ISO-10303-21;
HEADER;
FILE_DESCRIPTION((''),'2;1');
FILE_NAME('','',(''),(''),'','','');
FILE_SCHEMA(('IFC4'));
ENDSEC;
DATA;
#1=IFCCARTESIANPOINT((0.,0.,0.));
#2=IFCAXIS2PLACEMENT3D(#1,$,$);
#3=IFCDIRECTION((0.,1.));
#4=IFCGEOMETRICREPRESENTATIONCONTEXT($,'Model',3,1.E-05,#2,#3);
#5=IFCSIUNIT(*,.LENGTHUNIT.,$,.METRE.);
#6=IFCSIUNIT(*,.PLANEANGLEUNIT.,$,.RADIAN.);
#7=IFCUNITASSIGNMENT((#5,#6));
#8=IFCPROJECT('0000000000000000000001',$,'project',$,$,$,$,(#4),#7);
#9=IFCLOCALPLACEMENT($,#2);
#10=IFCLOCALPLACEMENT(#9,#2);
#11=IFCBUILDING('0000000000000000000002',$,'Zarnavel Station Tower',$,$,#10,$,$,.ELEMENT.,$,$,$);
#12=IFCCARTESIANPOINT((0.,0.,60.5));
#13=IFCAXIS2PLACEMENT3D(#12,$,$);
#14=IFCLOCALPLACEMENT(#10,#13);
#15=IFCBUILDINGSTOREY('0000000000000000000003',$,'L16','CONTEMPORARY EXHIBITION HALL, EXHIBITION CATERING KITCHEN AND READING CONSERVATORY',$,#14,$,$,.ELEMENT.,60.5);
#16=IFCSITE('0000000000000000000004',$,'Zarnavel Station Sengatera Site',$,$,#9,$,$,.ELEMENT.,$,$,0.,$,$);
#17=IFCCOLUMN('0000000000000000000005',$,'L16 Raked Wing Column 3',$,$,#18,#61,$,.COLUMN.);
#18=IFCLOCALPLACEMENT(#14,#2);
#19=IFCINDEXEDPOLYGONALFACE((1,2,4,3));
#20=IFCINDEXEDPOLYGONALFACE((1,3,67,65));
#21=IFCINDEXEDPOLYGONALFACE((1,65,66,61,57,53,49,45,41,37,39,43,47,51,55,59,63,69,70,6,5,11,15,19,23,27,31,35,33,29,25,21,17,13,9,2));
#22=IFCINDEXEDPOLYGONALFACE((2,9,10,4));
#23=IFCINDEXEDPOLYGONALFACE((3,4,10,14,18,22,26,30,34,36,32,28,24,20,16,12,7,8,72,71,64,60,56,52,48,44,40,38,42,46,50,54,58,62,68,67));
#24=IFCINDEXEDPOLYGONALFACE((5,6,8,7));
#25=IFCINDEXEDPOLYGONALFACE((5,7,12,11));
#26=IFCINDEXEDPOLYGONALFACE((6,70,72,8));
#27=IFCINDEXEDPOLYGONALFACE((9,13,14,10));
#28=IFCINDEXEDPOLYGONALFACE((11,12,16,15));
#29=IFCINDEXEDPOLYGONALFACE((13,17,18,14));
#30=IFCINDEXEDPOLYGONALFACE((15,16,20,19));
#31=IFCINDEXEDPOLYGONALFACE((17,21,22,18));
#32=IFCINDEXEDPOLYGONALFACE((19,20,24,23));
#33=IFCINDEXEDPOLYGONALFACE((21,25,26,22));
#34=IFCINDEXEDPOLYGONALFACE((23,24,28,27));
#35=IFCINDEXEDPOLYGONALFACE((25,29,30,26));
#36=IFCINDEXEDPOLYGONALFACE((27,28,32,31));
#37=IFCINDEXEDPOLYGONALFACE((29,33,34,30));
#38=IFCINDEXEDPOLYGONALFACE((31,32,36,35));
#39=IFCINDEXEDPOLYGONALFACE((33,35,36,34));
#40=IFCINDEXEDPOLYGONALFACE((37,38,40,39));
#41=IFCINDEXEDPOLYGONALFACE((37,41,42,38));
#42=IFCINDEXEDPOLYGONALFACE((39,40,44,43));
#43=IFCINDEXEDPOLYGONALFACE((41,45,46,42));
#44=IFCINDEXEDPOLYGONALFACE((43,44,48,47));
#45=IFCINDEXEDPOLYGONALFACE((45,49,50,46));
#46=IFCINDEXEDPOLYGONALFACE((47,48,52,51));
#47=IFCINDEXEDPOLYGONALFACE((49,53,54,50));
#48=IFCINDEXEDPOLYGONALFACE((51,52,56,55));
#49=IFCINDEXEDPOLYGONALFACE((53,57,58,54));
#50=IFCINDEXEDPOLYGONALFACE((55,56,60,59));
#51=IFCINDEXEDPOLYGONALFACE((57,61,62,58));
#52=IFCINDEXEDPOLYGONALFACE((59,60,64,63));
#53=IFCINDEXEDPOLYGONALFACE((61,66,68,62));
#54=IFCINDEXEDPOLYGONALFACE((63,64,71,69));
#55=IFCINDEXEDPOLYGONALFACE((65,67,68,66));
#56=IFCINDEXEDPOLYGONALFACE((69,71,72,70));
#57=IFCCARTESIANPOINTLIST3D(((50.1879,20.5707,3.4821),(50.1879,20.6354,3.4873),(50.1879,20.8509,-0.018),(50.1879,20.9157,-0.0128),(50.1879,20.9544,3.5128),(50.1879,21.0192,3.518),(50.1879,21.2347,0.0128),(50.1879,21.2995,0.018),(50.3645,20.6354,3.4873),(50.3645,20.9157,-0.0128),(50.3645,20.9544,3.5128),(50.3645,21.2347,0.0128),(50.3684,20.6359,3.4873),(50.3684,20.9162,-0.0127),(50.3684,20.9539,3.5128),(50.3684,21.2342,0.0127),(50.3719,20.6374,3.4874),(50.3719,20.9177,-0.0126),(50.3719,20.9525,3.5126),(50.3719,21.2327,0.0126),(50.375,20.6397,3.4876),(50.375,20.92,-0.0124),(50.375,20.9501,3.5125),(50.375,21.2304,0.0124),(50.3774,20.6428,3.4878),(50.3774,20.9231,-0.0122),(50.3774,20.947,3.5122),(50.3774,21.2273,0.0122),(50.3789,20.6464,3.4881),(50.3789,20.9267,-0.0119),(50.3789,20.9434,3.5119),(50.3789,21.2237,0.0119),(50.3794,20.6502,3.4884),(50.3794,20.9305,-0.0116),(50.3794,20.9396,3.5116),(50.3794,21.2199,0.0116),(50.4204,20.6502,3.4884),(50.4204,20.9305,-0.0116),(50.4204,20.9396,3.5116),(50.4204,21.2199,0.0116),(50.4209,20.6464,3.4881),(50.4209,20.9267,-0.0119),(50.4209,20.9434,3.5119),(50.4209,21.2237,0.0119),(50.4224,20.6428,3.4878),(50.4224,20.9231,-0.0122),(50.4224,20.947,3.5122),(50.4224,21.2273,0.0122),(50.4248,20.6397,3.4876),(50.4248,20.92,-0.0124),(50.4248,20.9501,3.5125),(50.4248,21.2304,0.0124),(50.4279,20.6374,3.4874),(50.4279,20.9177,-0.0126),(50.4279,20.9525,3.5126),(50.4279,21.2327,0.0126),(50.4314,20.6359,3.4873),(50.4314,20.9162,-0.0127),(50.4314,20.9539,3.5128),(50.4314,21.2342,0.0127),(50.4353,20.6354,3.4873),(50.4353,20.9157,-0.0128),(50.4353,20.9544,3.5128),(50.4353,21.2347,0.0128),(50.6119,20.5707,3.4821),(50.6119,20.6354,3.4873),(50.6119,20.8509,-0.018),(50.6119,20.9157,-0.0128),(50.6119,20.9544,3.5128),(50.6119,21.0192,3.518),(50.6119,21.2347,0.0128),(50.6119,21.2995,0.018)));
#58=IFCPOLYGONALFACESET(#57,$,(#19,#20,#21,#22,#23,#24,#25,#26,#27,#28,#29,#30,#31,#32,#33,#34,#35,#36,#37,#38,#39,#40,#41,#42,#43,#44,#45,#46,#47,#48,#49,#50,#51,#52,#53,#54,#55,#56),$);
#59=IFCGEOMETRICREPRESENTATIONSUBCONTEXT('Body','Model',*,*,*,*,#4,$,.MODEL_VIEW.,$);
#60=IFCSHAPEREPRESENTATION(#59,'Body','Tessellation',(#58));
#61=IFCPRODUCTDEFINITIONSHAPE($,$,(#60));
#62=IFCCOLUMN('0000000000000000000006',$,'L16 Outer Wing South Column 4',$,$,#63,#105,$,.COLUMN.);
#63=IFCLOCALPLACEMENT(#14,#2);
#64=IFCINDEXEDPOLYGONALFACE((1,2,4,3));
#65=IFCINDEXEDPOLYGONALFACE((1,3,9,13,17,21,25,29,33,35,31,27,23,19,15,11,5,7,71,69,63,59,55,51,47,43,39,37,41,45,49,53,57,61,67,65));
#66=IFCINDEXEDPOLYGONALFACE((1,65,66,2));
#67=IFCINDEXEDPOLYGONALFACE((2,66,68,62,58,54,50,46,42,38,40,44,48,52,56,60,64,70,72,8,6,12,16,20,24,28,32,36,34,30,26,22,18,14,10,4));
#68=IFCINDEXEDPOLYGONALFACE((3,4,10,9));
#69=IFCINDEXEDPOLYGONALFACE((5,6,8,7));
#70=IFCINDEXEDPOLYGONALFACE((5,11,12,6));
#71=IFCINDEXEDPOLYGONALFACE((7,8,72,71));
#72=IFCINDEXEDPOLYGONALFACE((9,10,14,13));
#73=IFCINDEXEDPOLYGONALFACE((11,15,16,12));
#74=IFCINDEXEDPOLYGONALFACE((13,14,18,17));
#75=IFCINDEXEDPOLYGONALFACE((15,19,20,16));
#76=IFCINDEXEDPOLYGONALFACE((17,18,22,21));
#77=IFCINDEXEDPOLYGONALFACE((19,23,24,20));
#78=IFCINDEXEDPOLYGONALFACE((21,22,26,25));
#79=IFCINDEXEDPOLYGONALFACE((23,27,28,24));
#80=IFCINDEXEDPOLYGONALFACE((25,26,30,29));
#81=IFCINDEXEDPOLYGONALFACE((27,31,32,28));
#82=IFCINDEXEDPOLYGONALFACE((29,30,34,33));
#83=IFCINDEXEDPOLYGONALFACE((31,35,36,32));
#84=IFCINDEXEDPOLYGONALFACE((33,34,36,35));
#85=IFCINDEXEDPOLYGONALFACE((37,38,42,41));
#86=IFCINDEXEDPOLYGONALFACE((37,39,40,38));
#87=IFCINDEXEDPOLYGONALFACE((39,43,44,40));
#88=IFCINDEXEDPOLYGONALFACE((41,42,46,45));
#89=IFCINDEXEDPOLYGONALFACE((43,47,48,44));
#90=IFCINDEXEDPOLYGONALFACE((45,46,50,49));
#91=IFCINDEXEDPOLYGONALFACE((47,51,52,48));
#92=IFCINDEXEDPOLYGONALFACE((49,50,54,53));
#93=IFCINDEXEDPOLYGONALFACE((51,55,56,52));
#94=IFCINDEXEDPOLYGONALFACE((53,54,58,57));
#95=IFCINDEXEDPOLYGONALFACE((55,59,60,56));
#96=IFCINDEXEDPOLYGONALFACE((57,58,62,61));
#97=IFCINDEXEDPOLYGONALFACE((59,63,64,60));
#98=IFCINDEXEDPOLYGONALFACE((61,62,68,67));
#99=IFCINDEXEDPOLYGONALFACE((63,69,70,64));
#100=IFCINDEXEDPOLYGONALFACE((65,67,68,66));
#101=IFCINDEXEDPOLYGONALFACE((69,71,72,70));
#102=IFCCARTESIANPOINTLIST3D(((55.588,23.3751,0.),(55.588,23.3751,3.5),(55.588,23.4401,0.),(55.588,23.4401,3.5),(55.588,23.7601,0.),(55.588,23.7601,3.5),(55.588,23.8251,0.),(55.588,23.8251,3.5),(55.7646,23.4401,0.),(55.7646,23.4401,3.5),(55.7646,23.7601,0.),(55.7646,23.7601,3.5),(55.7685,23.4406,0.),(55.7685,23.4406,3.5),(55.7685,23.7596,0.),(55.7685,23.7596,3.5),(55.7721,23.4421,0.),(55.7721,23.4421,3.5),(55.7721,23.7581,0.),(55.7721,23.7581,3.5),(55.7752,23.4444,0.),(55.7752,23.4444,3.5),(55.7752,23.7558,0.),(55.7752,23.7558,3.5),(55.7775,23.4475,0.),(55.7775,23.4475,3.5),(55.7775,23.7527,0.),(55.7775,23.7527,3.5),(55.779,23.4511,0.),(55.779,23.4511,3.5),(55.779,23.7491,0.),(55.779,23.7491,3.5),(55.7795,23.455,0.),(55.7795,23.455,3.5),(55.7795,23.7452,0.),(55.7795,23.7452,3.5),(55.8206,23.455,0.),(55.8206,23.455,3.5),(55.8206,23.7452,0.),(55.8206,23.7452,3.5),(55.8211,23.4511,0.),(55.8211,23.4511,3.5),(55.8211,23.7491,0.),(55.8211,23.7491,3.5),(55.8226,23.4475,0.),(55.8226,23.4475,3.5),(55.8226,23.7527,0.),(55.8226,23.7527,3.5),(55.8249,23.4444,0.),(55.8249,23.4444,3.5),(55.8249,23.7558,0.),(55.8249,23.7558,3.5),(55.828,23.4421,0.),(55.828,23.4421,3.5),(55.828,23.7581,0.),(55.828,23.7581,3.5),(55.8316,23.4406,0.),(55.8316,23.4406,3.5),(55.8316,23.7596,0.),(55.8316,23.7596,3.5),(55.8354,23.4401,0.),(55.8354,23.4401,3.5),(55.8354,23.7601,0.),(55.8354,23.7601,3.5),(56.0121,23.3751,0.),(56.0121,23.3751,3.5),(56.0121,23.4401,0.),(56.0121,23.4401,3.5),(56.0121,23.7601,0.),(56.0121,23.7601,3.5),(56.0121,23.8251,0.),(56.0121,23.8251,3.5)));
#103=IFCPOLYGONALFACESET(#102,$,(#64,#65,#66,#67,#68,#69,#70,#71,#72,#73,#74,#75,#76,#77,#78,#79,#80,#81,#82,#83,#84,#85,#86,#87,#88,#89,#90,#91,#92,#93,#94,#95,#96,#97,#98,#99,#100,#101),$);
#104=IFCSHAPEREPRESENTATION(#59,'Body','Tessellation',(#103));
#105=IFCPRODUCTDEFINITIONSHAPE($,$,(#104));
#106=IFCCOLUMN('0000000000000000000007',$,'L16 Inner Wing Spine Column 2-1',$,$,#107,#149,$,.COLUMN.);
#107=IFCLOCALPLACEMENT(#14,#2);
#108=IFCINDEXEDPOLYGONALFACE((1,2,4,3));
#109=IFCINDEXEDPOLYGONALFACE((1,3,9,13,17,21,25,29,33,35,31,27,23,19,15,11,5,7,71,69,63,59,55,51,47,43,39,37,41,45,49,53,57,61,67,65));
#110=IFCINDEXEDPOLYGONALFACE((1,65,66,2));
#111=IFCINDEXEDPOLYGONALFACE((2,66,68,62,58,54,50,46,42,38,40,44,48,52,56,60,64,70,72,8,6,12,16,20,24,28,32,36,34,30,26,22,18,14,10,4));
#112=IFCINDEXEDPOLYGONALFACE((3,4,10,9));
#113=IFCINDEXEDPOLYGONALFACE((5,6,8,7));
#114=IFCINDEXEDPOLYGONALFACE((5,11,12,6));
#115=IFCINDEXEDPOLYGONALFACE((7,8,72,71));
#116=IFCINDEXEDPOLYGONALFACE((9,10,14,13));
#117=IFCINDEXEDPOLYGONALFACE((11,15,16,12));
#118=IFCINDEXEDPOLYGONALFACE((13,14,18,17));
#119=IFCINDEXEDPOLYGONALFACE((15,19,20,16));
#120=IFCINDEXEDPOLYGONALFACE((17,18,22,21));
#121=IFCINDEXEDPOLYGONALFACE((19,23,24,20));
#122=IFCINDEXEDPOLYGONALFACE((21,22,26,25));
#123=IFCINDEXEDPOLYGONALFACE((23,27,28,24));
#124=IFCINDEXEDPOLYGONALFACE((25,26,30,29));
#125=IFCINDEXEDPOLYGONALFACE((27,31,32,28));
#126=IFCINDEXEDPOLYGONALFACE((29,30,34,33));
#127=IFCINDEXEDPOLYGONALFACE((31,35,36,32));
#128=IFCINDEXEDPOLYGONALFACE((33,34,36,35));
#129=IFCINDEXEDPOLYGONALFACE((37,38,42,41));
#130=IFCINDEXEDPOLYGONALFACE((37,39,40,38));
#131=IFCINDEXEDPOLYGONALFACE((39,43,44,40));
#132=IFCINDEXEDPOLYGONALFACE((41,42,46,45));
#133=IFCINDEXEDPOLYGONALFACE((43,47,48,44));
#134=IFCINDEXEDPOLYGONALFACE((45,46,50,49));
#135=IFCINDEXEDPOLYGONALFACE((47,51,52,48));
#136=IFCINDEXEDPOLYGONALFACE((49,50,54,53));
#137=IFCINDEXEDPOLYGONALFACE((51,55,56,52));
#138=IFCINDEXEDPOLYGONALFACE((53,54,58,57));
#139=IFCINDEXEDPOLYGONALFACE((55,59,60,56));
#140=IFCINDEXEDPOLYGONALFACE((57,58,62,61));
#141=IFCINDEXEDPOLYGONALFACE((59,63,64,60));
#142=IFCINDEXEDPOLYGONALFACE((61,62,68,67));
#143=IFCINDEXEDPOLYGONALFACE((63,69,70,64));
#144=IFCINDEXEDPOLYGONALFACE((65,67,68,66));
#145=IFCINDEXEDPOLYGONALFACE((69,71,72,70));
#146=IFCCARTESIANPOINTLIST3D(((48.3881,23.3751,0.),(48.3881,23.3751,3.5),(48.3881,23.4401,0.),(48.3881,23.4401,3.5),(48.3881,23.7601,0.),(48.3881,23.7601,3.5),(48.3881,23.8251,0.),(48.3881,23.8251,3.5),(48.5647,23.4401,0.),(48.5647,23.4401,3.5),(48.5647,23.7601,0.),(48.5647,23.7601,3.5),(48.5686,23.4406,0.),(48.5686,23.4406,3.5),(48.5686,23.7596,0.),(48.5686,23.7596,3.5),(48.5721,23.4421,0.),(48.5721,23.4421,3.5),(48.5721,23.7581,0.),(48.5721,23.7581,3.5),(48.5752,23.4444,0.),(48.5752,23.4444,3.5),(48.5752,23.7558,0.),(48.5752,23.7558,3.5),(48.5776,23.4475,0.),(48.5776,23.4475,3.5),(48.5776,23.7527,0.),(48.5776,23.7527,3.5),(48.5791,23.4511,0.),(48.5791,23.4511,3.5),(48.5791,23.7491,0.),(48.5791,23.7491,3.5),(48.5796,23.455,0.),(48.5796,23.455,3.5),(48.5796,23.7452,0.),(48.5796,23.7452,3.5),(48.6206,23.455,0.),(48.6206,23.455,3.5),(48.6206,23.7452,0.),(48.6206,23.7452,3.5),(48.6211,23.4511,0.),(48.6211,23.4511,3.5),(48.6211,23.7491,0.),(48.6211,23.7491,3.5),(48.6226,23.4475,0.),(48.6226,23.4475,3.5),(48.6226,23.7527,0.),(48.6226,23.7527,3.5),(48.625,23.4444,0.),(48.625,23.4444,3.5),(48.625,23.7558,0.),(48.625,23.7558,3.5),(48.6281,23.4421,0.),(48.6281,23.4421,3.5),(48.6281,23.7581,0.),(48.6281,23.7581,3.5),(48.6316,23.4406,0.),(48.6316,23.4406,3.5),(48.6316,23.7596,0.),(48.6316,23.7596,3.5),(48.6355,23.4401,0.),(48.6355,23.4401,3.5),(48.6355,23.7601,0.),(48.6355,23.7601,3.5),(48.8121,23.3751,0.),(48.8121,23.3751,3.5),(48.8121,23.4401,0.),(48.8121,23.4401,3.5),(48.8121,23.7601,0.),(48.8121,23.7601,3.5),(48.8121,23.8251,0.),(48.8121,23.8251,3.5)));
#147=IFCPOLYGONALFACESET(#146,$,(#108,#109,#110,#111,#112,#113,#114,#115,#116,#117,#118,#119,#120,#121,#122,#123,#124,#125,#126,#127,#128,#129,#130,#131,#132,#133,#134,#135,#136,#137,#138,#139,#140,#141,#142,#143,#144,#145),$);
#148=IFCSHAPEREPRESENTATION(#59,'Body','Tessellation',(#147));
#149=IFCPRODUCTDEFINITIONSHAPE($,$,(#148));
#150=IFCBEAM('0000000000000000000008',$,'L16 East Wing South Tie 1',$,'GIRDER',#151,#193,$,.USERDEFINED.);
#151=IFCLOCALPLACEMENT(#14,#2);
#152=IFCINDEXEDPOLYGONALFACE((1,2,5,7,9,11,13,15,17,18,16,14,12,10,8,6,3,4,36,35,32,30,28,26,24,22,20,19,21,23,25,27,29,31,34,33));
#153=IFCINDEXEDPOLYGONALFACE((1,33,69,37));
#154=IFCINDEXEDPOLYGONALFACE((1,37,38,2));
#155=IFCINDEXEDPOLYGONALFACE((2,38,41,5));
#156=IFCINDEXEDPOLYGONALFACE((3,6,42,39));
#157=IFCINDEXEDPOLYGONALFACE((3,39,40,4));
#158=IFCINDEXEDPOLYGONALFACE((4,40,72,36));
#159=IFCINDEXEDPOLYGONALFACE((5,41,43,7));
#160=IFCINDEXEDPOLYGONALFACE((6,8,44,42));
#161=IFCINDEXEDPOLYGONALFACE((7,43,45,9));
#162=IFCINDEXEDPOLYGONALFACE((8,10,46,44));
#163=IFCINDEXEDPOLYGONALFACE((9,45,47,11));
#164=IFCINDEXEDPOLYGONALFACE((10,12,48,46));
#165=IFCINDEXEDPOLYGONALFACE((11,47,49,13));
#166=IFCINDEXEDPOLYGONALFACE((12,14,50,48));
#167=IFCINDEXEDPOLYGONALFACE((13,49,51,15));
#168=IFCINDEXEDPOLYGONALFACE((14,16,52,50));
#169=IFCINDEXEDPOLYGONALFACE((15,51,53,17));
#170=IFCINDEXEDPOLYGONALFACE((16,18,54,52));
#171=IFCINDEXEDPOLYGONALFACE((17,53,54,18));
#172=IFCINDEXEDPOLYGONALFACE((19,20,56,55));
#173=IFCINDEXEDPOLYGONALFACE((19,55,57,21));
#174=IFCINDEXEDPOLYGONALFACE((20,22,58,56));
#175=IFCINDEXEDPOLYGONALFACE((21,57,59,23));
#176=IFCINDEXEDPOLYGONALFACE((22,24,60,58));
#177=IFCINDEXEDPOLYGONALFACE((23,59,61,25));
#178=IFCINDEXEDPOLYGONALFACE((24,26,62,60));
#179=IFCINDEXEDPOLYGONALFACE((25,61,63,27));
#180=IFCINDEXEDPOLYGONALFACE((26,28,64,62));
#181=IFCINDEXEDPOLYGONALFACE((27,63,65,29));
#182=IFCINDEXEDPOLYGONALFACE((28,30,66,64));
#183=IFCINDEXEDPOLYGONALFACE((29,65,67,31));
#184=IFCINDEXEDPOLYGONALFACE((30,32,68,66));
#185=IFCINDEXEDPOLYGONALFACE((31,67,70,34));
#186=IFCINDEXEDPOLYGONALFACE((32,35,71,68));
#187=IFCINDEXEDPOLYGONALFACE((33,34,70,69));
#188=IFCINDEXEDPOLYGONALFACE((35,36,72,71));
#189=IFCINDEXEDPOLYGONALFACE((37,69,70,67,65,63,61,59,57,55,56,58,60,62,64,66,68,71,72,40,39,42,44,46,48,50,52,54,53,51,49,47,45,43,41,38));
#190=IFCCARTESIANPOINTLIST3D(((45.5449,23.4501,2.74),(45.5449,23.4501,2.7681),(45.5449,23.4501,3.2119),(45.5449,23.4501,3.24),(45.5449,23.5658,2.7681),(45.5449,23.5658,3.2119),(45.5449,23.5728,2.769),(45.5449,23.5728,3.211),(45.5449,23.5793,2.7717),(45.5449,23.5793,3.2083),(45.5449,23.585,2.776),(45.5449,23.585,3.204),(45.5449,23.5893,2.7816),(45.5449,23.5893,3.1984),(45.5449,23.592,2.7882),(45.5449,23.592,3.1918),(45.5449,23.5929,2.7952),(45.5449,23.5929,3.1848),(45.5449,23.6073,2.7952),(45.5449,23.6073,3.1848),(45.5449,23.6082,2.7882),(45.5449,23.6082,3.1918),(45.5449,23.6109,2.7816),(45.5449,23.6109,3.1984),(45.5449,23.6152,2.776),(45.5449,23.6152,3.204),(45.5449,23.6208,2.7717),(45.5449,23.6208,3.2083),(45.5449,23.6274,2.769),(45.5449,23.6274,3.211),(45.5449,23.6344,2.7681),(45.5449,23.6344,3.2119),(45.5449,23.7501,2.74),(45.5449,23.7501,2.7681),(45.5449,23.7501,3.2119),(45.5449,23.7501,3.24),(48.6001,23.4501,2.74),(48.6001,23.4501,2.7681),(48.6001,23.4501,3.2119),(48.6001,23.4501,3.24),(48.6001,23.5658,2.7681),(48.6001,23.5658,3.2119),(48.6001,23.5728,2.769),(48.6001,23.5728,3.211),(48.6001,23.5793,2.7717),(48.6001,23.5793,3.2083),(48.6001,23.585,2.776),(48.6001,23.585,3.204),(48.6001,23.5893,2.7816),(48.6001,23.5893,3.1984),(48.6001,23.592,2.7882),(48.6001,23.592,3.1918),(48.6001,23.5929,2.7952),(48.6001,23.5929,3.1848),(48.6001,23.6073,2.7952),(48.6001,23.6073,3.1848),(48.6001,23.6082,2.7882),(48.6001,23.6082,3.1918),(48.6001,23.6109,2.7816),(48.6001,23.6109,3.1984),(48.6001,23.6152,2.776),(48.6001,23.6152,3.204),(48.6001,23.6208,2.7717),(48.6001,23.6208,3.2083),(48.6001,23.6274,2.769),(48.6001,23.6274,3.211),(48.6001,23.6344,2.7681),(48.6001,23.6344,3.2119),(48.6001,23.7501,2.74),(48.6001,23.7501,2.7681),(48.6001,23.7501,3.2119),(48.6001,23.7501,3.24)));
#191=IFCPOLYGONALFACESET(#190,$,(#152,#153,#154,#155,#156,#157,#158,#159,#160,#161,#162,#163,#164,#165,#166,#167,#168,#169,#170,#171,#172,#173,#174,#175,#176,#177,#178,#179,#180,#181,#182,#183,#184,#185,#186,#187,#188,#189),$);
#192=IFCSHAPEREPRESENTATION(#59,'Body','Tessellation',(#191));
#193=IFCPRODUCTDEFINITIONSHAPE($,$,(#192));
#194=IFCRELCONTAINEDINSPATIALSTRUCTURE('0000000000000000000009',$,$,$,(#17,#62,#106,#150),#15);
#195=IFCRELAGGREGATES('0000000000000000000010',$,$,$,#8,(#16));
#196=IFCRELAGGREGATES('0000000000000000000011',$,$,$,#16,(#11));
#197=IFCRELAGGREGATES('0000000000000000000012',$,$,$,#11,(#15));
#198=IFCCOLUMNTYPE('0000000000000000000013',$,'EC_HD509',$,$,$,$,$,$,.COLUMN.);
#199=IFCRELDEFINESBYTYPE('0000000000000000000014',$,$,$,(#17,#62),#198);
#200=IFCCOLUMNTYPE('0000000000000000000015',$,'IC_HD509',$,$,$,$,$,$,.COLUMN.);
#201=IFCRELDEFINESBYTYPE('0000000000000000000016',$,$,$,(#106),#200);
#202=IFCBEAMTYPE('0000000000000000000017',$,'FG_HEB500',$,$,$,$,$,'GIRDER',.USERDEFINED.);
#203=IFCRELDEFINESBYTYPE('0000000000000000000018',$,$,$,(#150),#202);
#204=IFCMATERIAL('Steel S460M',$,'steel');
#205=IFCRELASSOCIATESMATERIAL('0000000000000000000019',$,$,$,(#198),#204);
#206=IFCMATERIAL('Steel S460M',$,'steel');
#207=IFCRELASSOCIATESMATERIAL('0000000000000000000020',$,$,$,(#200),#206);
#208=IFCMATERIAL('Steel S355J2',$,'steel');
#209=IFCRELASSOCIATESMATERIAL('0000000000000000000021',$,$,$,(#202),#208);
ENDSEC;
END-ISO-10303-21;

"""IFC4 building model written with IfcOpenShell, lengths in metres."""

from ifc_helpers import new_model, si_unit, direction, frame, origin, origin_2d, place, context, subcontext, project, spatial, i_section, extrude, material, material_profile, profile_set, type_object, element, save


model = new_model("IFC4")

# Units and contexts
model_context = context("Model", 3, precision=1e-05, world=origin(), true_north=direction((0.0, 1.0)))
body_context = subcontext(model_context, "Body", "Model", "MODEL_VIEW")
ifc_project = project(units=[si_unit("LENGTHUNIT", "METRE"), si_unit("PLANEANGLEUNIT", "RADIAN")], contexts=[model_context])

# Site, building, storey
site_placement = place(None, origin())
site = spatial("IfcSite", under=ifc_project, at=site_placement, Name="Zarnavel Station Sengatera Site", CompositionType="ELEMENT", RefElevation=0.0)
building_placement = place(site_placement, origin())
building = spatial("IfcBuilding", under=site, at=building_placement, Name="Zarnavel Station Tower", CompositionType="ELEMENT")
storey_placement = place(building_placement, frame((0.0, 0.0, 60.5)))
storey = spatial("IfcBuildingStorey", under=building, at=storey_placement, Name="L16", Description="CONTEMPORARY EXHIBITION HALL, EXHIBITION CATERING KITCHEN AND READING CONSERVATORY", CompositionType="ELEMENT", Elevation=60.5)

# Columns
ifc_material_1 = material(Name="Steel S460M", Category="steel")
ifc_material_profile_1 = material_profile(ifc_material_1, i_section(OverallWidth=0.4241, OverallDepth=0.45, WebThickness=0.041, FlangeThickness=0.0649, FilletRadius=0.0149, at=origin_2d()), Name="HD400x509")
ifc_profile_set_1 = profile_set([ifc_material_profile_1], Name="Steel S460M")
column_type_1 = type_object("IfcColumnType", Name="EC_HD509", PredefinedType="COLUMN", material=ifc_profile_set_1)
column_1_placement = place(storey_placement, frame((50.3999, 21.0752, 0.0), z_axis=(0.0, -0.079823, 0.996809), x_axis=(1.0, 0.0, 0.0)))
element("IfcColumn", 1, at=column_1_placement, inside=storey, type_object=column_type_1, Name="L16 Raked Wing Column 3", PredefinedType="COLUMN", context=body_context, shape_type="SweptSolid", body=[
    extrude(i_section(OverallWidth=0.4241, OverallDepth=0.45, WebThickness=0.041, FlangeThickness=0.0649, FilletRadius=0.0149, at=origin_2d()), origin(), (0.0, 0.0, 1.0), 3.5112),
])
column_2_placement = place(storey_placement, frame((55.8, 23.6001, 0.0), z_axis=(0.0, 0.0, 1.0), x_axis=(1.0, 0.0, 0.0)))
element("IfcColumn", 2, at=column_2_placement, inside=storey, type_object=column_type_1, Name="L16 Outer Wing South Column 4", PredefinedType="COLUMN", context=body_context, shape_type="SweptSolid", body=[
    extrude(i_section(OverallWidth=0.4241, OverallDepth=0.45, WebThickness=0.041, FlangeThickness=0.0649, FilletRadius=0.0149, at=origin_2d()), origin(), (0.0, 0.0, 1.0), 3.5),
])
ifc_material_2 = material(Name="Steel S460M", Category="steel")
ifc_material_profile_2 = material_profile(ifc_material_2, i_section(OverallWidth=0.4241, OverallDepth=0.45, WebThickness=0.041, FlangeThickness=0.0649, FilletRadius=0.0149, at=origin_2d()), Name="HD400x509")
ifc_profile_set_2 = profile_set([ifc_material_profile_2], Name="Steel S460M")
column_type_2 = type_object("IfcColumnType", Name="IC_HD509", PredefinedType="COLUMN", material=ifc_profile_set_2)
column_3_placement = place(storey_placement, frame((48.6001, 23.6001, 0.0), z_axis=(0.0, 0.0, 1.0), x_axis=(1.0, 0.0, 0.0)))
element("IfcColumn", 3, at=column_3_placement, inside=storey, type_object=column_type_2, Name="L16 Inner Wing Spine Column 2-1", PredefinedType="COLUMN", context=body_context, shape_type="SweptSolid", body=[
    extrude(i_section(OverallWidth=0.4241, OverallDepth=0.45, WebThickness=0.041, FlangeThickness=0.0649, FilletRadius=0.0149, at=origin_2d()), origin(), (0.0, 0.0, 1.0), 3.5),
])

# Beam
ifc_material_3 = material(Name="Steel S355J2", Category="steel")
ifc_material_profile_3 = material_profile(ifc_material_3, i_section(OverallWidth=0.3, OverallDepth=0.5, WebThickness=0.0144, FlangeThickness=0.0281, FilletRadius=0.0271, at=origin_2d()), Name="HEB500")
ifc_profile_set_3 = profile_set([ifc_material_profile_3], Name="Steel S355J2")
beam_type_1 = type_object("IfcBeamType", Name="FG_HEB500", ElementType="GIRDER", PredefinedType="USERDEFINED", material=ifc_profile_set_3)
beam_1_placement = place(storey_placement, frame((45.5449, 23.6001, 2.99), z_axis=(1.0, 0.0, 0.0), x_axis=(0.0, 1.0, 0.0)))
element("IfcBeam", 4, at=beam_1_placement, inside=storey, type_object=beam_type_1, Name="L16 East Wing South Tie 1", ObjectType="GIRDER", PredefinedType="USERDEFINED", context=body_context, shape_type="SweptSolid", body=[
    extrude(i_section(OverallWidth=0.3, OverallDepth=0.5, WebThickness=0.0144, FlangeThickness=0.0281, FilletRadius=0.0271, at=origin_2d()), origin(), (0.0, 0.0, 1.0), 3.0552),
])

save(model, "model.ifc")
